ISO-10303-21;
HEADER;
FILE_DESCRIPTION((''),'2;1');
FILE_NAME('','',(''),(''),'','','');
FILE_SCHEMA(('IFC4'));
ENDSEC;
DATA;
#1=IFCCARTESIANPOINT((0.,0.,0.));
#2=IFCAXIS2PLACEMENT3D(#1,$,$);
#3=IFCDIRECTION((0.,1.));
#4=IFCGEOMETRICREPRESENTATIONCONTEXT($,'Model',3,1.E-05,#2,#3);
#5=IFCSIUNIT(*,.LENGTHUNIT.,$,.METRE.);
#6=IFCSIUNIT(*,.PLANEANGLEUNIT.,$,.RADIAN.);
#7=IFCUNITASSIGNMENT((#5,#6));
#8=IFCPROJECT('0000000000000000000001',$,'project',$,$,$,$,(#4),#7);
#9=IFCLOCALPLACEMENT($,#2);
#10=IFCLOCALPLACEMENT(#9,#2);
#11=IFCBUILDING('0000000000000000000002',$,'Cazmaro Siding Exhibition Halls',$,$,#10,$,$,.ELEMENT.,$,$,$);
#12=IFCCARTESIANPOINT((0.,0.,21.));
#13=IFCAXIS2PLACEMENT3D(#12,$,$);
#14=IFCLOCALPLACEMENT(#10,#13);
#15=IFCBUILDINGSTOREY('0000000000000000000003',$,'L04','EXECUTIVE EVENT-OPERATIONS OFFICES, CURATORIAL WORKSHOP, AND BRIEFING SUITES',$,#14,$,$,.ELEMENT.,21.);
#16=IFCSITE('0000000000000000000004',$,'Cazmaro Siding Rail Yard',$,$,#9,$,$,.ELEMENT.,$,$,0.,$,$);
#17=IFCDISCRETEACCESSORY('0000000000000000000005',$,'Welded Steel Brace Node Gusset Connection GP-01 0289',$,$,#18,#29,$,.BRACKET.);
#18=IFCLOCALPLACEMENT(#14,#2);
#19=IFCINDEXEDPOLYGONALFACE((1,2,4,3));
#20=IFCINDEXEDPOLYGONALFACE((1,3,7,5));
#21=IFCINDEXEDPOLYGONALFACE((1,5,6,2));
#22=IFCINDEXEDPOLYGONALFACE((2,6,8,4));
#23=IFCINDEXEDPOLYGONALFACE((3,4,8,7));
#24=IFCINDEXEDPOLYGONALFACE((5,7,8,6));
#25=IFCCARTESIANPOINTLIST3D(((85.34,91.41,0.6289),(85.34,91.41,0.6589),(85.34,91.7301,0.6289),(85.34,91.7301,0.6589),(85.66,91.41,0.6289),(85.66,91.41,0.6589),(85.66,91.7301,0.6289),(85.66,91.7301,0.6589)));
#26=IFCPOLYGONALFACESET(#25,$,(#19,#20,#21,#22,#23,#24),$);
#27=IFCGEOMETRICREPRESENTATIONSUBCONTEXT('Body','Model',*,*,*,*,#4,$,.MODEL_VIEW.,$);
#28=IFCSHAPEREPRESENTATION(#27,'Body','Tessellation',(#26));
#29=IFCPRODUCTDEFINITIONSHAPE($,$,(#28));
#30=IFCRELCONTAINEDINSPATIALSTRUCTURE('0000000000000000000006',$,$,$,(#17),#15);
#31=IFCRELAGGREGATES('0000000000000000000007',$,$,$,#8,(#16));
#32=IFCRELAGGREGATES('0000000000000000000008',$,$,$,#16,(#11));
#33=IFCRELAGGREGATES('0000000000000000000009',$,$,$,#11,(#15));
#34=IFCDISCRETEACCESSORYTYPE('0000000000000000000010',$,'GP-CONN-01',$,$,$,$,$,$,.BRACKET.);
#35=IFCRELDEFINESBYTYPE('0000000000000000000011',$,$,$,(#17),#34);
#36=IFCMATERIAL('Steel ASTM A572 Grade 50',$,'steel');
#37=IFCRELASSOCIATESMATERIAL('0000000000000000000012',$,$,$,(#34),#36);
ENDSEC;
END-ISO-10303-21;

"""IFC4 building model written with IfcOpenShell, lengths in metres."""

from ifc_helpers import new_model, si_unit, direction, frame, origin, origin_2d, place, context, subcontext, project, spatial, rectangle, extrude, material, type_object, element, save


model = new_model("IFC4")

# Units and contexts
model_context = context("Model", 3, precision=1e-05, world=origin(), true_north=direction((0.0, 1.0)))
body_context = subcontext(model_context, "Body", "Model", "MODEL_VIEW")
ifc_project = project(units=[si_unit("LENGTHUNIT", "METRE"), si_unit("PLANEANGLEUNIT", "RADIAN")], contexts=[model_context])

# Site, building, storey
site_placement = place(None, origin())
site = spatial("IfcSite", under=ifc_project, at=site_placement, Name="Cazmaro Siding Rail Yard", CompositionType="ELEMENT", RefElevation=0.0)
building_placement = place(site_placement, origin())
building = spatial("IfcBuilding", under=site, at=building_placement, Name="Cazmaro Siding Exhibition Halls", CompositionType="ELEMENT")
storey_placement = place(building_placement, frame((0.0, 0.0, 21.0)))
storey = spatial("IfcBuildingStorey", under=building, at=storey_placement, Name="L04", Description="EXECUTIVE EVENT-OPERATIONS OFFICES, CURATORIAL WORKSHOP, AND BRIEFING SUITES", CompositionType="ELEMENT", Elevation=21.0)

# Discrete accessory
ifc_material_1 = material(Name="Steel ASTM A572 Grade 50", Category="steel")
discrete_accessory_type = type_object("IfcDiscreteAccessoryType", Name="GP-CONN-01", PredefinedType="BRACKET", material=ifc_material_1)
for number, where, z_axis, x_axis, name in (
    (1, (85.5, 91.5701, 0.6289), (0.0, 0.0, 1.0), (1.0, 0.0, 0.0), "Welded Steel Brace Node Gusset Connection GP-01 0289"),
):
    element("IfcDiscreteAccessory", number, at=place(storey_placement, frame(where, z_axis=z_axis, x_axis=x_axis)), inside=storey, type_object=discrete_accessory_type, Name=name, PredefinedType="BRACKET", context=body_context, shape_type="SweptSolid", body=[
        extrude(rectangle(XDim=0.3201, YDim=0.3201, at=origin_2d()), origin(), (0.0, 0.0, 1.0), 0.03),
    ])

save(model, "model.ifc")
